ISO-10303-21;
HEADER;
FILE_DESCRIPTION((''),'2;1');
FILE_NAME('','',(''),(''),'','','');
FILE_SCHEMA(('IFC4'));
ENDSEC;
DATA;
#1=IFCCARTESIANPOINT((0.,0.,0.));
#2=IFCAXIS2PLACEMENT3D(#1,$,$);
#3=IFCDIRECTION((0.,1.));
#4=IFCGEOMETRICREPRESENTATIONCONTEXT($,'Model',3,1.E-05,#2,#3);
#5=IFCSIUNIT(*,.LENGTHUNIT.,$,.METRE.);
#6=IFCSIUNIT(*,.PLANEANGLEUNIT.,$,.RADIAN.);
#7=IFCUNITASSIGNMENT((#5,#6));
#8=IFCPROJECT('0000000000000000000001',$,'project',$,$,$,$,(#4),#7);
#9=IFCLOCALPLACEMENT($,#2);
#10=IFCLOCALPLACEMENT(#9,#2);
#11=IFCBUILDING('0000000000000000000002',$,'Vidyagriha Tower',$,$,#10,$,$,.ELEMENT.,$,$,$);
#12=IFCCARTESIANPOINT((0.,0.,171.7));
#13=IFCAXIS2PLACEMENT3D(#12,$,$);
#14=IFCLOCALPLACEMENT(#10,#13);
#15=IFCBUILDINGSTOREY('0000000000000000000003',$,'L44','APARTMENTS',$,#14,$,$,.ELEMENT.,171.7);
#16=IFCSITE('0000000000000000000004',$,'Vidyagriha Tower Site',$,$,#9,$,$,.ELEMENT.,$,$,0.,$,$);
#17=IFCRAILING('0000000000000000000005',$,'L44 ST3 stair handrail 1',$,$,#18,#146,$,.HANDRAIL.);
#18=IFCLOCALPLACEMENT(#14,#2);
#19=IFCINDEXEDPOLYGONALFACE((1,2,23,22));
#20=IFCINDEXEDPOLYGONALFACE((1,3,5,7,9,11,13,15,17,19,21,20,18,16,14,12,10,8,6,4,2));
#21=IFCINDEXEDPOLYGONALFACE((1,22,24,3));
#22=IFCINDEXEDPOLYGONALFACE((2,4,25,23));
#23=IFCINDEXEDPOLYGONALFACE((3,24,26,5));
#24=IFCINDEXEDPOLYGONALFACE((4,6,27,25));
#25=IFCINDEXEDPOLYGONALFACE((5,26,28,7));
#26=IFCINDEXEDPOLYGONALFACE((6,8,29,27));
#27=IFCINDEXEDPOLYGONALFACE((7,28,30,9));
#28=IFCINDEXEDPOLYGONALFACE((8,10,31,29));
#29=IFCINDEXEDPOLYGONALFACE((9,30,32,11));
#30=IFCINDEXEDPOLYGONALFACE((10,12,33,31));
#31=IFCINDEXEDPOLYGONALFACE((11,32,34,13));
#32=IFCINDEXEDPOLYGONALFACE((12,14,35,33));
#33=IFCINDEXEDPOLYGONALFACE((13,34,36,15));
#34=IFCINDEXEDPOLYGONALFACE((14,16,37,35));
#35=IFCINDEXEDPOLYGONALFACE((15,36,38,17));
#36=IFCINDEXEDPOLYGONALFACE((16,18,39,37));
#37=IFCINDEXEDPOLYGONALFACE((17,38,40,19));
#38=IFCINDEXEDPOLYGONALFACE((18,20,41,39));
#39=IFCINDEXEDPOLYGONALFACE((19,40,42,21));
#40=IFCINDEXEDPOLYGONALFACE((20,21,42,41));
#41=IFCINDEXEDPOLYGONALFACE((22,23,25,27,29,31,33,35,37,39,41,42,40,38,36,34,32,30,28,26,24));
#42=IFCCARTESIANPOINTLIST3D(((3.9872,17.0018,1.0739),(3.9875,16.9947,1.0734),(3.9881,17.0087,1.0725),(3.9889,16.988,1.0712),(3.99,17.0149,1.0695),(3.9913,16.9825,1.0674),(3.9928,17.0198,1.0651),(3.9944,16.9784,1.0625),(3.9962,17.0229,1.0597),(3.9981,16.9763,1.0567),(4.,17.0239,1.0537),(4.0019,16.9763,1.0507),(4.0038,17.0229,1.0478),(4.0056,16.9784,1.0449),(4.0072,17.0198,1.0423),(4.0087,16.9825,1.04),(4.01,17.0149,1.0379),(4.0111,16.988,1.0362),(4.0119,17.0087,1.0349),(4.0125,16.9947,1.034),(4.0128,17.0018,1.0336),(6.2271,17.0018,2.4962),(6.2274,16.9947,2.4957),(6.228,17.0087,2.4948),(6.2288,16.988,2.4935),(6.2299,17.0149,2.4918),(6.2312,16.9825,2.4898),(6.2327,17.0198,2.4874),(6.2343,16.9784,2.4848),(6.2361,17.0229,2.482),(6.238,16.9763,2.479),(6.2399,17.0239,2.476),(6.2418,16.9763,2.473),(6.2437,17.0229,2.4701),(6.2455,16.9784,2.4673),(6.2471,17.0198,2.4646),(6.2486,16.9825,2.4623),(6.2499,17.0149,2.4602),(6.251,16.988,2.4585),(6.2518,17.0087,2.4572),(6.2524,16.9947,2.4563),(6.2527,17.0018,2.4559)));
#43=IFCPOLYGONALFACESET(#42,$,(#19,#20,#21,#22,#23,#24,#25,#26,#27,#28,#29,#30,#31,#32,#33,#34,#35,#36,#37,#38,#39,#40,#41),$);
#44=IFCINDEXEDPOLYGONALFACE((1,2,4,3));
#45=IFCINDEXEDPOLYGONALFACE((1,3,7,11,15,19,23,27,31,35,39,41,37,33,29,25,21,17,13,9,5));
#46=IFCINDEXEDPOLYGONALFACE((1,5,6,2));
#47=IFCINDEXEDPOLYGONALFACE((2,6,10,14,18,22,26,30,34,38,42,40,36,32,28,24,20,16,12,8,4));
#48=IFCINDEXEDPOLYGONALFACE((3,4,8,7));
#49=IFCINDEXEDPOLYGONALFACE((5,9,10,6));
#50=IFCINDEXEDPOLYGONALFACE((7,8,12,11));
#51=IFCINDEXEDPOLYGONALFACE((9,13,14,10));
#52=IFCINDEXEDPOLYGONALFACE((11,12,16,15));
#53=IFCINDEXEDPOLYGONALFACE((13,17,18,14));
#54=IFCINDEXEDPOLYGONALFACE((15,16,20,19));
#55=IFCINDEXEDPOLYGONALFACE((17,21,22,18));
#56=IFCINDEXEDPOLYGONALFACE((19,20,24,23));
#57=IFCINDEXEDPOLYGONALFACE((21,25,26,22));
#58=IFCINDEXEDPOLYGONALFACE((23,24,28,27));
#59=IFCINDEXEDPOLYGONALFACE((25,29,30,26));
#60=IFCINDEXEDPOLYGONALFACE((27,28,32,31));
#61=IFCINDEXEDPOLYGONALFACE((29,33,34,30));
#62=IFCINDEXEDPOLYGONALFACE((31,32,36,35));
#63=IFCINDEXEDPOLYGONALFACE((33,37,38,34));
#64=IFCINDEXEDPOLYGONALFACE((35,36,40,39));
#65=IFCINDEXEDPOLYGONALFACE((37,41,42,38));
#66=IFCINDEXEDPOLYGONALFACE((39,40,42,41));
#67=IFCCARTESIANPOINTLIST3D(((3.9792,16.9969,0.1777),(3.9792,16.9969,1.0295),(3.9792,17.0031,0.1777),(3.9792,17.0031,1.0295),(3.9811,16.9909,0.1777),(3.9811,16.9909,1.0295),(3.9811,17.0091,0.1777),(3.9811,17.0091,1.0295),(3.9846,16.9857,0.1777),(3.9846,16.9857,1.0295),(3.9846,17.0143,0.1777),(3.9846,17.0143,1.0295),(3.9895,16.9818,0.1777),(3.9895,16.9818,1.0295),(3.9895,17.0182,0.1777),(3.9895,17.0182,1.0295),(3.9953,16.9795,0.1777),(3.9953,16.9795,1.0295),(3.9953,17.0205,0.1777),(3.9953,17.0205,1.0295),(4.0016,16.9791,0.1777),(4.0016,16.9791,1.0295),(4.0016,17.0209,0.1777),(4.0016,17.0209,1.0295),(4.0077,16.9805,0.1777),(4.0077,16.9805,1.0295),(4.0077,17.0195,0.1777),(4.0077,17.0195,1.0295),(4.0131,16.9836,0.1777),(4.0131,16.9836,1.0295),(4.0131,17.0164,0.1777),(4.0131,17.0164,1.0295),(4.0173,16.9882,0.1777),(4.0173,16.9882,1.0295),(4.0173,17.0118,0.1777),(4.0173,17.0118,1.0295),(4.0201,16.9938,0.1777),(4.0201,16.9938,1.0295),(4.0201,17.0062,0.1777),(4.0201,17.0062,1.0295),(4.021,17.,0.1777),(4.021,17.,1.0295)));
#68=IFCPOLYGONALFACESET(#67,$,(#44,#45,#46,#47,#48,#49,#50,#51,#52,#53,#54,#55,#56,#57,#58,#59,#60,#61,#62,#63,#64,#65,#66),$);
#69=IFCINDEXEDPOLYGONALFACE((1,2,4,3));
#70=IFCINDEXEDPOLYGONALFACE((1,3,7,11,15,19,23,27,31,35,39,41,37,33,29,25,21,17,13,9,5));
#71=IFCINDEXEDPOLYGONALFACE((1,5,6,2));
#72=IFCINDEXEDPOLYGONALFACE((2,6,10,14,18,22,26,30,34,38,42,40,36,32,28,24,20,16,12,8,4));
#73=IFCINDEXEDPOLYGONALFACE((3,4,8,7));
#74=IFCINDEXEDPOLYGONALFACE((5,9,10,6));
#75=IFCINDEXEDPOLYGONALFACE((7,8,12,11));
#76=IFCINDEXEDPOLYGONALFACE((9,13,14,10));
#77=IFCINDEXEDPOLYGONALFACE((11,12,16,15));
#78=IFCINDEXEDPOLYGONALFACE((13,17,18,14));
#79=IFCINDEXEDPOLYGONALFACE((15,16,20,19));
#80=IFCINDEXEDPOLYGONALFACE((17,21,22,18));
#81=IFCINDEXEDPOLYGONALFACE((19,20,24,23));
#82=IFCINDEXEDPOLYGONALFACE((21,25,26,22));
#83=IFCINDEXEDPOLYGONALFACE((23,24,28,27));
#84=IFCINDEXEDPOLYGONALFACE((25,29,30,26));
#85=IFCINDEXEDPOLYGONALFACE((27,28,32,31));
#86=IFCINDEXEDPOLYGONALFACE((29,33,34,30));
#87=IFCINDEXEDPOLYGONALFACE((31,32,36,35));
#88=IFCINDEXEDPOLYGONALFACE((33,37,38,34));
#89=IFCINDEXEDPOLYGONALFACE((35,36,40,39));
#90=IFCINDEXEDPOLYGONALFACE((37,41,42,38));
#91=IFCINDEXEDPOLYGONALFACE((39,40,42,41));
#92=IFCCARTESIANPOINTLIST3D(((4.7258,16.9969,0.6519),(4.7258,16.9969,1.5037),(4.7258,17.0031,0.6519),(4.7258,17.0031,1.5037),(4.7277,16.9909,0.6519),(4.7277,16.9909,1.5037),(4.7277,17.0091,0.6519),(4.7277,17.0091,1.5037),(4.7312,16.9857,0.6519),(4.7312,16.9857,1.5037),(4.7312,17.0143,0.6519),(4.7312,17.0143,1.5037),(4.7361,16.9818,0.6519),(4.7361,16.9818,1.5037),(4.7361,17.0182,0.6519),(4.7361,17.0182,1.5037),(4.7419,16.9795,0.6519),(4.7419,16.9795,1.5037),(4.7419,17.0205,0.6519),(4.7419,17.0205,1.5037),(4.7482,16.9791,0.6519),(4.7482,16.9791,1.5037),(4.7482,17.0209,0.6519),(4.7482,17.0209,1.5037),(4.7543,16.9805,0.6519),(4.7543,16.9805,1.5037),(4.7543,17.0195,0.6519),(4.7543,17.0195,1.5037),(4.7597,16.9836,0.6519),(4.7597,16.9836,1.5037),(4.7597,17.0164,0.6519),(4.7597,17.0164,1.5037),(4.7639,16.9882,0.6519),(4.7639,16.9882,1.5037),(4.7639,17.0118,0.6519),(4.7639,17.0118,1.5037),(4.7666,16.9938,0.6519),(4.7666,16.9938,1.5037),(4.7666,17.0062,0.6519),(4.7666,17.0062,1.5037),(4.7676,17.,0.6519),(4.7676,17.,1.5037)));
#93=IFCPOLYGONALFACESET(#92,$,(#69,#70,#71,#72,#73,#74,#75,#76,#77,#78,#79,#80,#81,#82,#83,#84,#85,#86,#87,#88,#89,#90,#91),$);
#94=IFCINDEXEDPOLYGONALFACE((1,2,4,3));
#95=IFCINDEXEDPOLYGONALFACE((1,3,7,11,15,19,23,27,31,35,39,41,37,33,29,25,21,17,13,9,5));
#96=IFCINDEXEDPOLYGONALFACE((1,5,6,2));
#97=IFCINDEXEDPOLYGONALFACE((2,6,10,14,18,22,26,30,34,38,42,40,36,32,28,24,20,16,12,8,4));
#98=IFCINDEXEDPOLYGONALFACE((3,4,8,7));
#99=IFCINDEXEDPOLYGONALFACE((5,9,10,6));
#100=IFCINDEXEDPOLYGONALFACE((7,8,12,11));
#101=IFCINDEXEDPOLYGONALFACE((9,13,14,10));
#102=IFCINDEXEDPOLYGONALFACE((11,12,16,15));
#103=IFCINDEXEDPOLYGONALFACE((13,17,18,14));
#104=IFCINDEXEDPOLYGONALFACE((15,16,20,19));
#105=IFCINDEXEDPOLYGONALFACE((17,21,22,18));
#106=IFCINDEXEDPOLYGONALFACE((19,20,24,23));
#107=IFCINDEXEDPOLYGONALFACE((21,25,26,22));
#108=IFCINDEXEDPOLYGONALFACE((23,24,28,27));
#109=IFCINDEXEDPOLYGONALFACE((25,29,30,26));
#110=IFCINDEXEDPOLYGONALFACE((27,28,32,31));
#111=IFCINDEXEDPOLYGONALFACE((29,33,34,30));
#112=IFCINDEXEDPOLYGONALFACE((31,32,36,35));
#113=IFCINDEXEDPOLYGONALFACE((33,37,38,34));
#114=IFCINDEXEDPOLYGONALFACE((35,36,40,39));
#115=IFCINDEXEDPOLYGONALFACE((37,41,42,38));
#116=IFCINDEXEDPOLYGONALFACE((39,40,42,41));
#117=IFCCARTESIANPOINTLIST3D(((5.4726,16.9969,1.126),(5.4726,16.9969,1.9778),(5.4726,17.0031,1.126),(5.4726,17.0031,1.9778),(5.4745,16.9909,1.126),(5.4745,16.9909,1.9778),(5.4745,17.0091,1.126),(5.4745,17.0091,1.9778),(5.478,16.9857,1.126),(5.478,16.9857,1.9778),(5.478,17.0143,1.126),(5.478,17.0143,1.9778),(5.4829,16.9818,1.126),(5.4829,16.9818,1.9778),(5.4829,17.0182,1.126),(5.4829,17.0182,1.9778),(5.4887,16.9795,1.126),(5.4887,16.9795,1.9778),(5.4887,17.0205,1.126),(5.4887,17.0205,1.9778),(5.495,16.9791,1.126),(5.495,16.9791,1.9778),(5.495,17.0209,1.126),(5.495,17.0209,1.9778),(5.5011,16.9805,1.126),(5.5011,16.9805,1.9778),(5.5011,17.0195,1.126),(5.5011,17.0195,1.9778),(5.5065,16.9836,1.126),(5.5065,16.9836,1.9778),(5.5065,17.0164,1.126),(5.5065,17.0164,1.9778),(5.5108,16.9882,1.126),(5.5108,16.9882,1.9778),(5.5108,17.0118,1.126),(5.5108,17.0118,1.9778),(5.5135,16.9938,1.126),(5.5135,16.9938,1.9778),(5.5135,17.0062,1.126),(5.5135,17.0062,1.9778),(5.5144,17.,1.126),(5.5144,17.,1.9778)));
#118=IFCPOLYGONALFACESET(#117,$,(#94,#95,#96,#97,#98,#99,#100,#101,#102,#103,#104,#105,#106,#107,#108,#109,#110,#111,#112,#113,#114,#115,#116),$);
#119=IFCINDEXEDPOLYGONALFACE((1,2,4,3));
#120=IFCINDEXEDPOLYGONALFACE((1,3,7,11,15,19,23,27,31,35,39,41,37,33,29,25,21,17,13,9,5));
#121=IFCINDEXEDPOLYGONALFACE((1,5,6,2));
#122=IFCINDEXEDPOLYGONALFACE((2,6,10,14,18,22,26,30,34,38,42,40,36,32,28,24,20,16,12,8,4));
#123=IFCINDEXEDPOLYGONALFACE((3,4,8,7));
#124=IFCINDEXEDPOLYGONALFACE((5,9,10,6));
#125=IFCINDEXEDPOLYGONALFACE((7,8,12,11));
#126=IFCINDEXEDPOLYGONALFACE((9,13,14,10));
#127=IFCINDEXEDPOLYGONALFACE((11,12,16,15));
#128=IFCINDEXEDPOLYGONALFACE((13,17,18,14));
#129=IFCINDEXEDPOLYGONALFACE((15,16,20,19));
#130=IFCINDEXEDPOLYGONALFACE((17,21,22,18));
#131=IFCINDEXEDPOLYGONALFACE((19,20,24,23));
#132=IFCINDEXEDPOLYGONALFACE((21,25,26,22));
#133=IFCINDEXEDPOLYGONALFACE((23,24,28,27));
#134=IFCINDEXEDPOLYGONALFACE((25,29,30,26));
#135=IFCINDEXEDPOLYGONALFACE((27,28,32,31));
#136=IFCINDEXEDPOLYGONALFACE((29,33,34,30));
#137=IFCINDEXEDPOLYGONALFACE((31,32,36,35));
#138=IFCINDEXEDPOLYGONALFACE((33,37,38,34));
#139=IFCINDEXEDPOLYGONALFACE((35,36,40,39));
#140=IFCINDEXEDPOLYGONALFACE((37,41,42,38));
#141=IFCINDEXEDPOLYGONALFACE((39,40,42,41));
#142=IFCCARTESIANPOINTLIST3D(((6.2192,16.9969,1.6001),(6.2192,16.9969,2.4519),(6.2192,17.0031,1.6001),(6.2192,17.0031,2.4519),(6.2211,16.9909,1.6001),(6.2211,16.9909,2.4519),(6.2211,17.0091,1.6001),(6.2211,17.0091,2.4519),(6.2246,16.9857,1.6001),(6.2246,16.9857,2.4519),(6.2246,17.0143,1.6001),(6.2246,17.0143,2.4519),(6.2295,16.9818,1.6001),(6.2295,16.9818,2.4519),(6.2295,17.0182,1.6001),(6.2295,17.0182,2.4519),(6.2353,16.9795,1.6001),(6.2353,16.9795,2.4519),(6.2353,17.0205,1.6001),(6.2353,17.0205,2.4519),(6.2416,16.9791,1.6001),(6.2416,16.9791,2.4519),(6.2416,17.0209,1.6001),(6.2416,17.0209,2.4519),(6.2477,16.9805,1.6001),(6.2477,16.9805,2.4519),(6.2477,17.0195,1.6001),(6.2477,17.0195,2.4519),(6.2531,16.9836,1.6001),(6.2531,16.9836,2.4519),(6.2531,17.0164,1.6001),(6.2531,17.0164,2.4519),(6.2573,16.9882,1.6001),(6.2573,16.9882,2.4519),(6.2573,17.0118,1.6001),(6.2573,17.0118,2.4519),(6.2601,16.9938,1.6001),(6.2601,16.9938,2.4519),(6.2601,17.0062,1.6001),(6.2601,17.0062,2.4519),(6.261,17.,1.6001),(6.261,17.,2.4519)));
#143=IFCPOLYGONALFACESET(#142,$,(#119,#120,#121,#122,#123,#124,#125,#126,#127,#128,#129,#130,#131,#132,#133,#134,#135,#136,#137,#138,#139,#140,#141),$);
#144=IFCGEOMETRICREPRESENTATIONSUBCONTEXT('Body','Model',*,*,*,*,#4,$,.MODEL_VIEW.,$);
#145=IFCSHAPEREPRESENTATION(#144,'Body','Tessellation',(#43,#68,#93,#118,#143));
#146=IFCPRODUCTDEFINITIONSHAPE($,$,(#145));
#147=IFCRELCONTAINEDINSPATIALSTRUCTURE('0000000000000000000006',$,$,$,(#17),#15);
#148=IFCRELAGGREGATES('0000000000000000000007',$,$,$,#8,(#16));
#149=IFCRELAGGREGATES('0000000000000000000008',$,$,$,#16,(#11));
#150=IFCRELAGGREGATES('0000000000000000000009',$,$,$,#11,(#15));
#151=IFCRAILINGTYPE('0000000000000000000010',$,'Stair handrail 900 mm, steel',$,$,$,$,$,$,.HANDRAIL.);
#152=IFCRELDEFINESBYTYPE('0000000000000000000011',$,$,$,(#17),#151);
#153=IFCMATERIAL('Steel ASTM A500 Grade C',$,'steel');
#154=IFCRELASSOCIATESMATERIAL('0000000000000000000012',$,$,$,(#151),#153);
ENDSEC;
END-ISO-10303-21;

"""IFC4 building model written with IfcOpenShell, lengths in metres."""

from ifc_helpers import new_model, si_unit, direction, frame, origin, origin_2d, place, context, subcontext, project, spatial, circle, extrude, material, type_object, element, save


model = new_model("IFC4")

# Units and contexts
model_context = context("Model", 3, precision=1e-05, world=origin(), true_north=direction((0.0, 1.0)))
body_context = subcontext(model_context, "Body", "Model", "MODEL_VIEW")
ifc_project = project(units=[si_unit("LENGTHUNIT", "METRE"), si_unit("PLANEANGLEUNIT", "RADIAN")], contexts=[model_context])

# Site, building, storey
site_placement = place(None, origin())
site = spatial("IfcSite", under=ifc_project, at=site_placement, Name="Vidyagriha Tower Site", CompositionType="ELEMENT", RefElevation=0.0)
building_placement = place(site_placement, origin())
building = spatial("IfcBuilding", under=site, at=building_placement, Name="Vidyagriha Tower", CompositionType="ELEMENT")
storey_placement = place(building_placement, frame((0.0, 0.0, 171.7)))
storey = spatial("IfcBuildingStorey", under=building, at=storey_placement, Name="L44", Description="APARTMENTS", CompositionType="ELEMENT", Elevation=171.7)

# Railing
ifc_material_1 = material(Name="Steel ASTM A500 Grade C", Category="steel")
railing_type_1 = type_object("IfcRailingType", Name="Stair handrail 900 mm, steel", PredefinedType="HANDRAIL", material=ifc_material_1)
railing_1_placement = place(storey_placement, frame((4.0, 17.0, 0.1777)))
element("IfcRailing", 1, at=railing_1_placement, inside=storey, type_object=railing_type_1, Name="L44 ST3 stair handrail 1", PredefinedType="HANDRAIL", context=body_context, shape_type="SweptSolid", body=[
    extrude(circle(Radius=0.0239, at=origin_2d()), frame((0.0, 0.0, 0.876), z_axis=(0.844188, 0.0, 0.536048), x_axis=(0.0, 1.0, 0.0)), (0.0, 0.0, 1.0), 2.6533),
    extrude(circle(Radius=0.021, at=origin_2d()), origin(), (0.0, 0.0, 1.0), 0.8518),
    extrude(circle(Radius=0.021, at=origin_2d()), frame((0.7466, 0.0, 0.4741)), (0.0, 0.0, 1.0), 0.8518),
    extrude(circle(Radius=0.021, at=origin_2d()), frame((1.4934, 0.0, 0.9482)), (0.0, 0.0, 1.0), 0.8518),
    extrude(circle(Radius=0.021, at=origin_2d()), frame((2.24, 0.0, 1.4224)), (0.0, 0.0, 1.0), 0.8518),
])

save(model, "model.ifc")
